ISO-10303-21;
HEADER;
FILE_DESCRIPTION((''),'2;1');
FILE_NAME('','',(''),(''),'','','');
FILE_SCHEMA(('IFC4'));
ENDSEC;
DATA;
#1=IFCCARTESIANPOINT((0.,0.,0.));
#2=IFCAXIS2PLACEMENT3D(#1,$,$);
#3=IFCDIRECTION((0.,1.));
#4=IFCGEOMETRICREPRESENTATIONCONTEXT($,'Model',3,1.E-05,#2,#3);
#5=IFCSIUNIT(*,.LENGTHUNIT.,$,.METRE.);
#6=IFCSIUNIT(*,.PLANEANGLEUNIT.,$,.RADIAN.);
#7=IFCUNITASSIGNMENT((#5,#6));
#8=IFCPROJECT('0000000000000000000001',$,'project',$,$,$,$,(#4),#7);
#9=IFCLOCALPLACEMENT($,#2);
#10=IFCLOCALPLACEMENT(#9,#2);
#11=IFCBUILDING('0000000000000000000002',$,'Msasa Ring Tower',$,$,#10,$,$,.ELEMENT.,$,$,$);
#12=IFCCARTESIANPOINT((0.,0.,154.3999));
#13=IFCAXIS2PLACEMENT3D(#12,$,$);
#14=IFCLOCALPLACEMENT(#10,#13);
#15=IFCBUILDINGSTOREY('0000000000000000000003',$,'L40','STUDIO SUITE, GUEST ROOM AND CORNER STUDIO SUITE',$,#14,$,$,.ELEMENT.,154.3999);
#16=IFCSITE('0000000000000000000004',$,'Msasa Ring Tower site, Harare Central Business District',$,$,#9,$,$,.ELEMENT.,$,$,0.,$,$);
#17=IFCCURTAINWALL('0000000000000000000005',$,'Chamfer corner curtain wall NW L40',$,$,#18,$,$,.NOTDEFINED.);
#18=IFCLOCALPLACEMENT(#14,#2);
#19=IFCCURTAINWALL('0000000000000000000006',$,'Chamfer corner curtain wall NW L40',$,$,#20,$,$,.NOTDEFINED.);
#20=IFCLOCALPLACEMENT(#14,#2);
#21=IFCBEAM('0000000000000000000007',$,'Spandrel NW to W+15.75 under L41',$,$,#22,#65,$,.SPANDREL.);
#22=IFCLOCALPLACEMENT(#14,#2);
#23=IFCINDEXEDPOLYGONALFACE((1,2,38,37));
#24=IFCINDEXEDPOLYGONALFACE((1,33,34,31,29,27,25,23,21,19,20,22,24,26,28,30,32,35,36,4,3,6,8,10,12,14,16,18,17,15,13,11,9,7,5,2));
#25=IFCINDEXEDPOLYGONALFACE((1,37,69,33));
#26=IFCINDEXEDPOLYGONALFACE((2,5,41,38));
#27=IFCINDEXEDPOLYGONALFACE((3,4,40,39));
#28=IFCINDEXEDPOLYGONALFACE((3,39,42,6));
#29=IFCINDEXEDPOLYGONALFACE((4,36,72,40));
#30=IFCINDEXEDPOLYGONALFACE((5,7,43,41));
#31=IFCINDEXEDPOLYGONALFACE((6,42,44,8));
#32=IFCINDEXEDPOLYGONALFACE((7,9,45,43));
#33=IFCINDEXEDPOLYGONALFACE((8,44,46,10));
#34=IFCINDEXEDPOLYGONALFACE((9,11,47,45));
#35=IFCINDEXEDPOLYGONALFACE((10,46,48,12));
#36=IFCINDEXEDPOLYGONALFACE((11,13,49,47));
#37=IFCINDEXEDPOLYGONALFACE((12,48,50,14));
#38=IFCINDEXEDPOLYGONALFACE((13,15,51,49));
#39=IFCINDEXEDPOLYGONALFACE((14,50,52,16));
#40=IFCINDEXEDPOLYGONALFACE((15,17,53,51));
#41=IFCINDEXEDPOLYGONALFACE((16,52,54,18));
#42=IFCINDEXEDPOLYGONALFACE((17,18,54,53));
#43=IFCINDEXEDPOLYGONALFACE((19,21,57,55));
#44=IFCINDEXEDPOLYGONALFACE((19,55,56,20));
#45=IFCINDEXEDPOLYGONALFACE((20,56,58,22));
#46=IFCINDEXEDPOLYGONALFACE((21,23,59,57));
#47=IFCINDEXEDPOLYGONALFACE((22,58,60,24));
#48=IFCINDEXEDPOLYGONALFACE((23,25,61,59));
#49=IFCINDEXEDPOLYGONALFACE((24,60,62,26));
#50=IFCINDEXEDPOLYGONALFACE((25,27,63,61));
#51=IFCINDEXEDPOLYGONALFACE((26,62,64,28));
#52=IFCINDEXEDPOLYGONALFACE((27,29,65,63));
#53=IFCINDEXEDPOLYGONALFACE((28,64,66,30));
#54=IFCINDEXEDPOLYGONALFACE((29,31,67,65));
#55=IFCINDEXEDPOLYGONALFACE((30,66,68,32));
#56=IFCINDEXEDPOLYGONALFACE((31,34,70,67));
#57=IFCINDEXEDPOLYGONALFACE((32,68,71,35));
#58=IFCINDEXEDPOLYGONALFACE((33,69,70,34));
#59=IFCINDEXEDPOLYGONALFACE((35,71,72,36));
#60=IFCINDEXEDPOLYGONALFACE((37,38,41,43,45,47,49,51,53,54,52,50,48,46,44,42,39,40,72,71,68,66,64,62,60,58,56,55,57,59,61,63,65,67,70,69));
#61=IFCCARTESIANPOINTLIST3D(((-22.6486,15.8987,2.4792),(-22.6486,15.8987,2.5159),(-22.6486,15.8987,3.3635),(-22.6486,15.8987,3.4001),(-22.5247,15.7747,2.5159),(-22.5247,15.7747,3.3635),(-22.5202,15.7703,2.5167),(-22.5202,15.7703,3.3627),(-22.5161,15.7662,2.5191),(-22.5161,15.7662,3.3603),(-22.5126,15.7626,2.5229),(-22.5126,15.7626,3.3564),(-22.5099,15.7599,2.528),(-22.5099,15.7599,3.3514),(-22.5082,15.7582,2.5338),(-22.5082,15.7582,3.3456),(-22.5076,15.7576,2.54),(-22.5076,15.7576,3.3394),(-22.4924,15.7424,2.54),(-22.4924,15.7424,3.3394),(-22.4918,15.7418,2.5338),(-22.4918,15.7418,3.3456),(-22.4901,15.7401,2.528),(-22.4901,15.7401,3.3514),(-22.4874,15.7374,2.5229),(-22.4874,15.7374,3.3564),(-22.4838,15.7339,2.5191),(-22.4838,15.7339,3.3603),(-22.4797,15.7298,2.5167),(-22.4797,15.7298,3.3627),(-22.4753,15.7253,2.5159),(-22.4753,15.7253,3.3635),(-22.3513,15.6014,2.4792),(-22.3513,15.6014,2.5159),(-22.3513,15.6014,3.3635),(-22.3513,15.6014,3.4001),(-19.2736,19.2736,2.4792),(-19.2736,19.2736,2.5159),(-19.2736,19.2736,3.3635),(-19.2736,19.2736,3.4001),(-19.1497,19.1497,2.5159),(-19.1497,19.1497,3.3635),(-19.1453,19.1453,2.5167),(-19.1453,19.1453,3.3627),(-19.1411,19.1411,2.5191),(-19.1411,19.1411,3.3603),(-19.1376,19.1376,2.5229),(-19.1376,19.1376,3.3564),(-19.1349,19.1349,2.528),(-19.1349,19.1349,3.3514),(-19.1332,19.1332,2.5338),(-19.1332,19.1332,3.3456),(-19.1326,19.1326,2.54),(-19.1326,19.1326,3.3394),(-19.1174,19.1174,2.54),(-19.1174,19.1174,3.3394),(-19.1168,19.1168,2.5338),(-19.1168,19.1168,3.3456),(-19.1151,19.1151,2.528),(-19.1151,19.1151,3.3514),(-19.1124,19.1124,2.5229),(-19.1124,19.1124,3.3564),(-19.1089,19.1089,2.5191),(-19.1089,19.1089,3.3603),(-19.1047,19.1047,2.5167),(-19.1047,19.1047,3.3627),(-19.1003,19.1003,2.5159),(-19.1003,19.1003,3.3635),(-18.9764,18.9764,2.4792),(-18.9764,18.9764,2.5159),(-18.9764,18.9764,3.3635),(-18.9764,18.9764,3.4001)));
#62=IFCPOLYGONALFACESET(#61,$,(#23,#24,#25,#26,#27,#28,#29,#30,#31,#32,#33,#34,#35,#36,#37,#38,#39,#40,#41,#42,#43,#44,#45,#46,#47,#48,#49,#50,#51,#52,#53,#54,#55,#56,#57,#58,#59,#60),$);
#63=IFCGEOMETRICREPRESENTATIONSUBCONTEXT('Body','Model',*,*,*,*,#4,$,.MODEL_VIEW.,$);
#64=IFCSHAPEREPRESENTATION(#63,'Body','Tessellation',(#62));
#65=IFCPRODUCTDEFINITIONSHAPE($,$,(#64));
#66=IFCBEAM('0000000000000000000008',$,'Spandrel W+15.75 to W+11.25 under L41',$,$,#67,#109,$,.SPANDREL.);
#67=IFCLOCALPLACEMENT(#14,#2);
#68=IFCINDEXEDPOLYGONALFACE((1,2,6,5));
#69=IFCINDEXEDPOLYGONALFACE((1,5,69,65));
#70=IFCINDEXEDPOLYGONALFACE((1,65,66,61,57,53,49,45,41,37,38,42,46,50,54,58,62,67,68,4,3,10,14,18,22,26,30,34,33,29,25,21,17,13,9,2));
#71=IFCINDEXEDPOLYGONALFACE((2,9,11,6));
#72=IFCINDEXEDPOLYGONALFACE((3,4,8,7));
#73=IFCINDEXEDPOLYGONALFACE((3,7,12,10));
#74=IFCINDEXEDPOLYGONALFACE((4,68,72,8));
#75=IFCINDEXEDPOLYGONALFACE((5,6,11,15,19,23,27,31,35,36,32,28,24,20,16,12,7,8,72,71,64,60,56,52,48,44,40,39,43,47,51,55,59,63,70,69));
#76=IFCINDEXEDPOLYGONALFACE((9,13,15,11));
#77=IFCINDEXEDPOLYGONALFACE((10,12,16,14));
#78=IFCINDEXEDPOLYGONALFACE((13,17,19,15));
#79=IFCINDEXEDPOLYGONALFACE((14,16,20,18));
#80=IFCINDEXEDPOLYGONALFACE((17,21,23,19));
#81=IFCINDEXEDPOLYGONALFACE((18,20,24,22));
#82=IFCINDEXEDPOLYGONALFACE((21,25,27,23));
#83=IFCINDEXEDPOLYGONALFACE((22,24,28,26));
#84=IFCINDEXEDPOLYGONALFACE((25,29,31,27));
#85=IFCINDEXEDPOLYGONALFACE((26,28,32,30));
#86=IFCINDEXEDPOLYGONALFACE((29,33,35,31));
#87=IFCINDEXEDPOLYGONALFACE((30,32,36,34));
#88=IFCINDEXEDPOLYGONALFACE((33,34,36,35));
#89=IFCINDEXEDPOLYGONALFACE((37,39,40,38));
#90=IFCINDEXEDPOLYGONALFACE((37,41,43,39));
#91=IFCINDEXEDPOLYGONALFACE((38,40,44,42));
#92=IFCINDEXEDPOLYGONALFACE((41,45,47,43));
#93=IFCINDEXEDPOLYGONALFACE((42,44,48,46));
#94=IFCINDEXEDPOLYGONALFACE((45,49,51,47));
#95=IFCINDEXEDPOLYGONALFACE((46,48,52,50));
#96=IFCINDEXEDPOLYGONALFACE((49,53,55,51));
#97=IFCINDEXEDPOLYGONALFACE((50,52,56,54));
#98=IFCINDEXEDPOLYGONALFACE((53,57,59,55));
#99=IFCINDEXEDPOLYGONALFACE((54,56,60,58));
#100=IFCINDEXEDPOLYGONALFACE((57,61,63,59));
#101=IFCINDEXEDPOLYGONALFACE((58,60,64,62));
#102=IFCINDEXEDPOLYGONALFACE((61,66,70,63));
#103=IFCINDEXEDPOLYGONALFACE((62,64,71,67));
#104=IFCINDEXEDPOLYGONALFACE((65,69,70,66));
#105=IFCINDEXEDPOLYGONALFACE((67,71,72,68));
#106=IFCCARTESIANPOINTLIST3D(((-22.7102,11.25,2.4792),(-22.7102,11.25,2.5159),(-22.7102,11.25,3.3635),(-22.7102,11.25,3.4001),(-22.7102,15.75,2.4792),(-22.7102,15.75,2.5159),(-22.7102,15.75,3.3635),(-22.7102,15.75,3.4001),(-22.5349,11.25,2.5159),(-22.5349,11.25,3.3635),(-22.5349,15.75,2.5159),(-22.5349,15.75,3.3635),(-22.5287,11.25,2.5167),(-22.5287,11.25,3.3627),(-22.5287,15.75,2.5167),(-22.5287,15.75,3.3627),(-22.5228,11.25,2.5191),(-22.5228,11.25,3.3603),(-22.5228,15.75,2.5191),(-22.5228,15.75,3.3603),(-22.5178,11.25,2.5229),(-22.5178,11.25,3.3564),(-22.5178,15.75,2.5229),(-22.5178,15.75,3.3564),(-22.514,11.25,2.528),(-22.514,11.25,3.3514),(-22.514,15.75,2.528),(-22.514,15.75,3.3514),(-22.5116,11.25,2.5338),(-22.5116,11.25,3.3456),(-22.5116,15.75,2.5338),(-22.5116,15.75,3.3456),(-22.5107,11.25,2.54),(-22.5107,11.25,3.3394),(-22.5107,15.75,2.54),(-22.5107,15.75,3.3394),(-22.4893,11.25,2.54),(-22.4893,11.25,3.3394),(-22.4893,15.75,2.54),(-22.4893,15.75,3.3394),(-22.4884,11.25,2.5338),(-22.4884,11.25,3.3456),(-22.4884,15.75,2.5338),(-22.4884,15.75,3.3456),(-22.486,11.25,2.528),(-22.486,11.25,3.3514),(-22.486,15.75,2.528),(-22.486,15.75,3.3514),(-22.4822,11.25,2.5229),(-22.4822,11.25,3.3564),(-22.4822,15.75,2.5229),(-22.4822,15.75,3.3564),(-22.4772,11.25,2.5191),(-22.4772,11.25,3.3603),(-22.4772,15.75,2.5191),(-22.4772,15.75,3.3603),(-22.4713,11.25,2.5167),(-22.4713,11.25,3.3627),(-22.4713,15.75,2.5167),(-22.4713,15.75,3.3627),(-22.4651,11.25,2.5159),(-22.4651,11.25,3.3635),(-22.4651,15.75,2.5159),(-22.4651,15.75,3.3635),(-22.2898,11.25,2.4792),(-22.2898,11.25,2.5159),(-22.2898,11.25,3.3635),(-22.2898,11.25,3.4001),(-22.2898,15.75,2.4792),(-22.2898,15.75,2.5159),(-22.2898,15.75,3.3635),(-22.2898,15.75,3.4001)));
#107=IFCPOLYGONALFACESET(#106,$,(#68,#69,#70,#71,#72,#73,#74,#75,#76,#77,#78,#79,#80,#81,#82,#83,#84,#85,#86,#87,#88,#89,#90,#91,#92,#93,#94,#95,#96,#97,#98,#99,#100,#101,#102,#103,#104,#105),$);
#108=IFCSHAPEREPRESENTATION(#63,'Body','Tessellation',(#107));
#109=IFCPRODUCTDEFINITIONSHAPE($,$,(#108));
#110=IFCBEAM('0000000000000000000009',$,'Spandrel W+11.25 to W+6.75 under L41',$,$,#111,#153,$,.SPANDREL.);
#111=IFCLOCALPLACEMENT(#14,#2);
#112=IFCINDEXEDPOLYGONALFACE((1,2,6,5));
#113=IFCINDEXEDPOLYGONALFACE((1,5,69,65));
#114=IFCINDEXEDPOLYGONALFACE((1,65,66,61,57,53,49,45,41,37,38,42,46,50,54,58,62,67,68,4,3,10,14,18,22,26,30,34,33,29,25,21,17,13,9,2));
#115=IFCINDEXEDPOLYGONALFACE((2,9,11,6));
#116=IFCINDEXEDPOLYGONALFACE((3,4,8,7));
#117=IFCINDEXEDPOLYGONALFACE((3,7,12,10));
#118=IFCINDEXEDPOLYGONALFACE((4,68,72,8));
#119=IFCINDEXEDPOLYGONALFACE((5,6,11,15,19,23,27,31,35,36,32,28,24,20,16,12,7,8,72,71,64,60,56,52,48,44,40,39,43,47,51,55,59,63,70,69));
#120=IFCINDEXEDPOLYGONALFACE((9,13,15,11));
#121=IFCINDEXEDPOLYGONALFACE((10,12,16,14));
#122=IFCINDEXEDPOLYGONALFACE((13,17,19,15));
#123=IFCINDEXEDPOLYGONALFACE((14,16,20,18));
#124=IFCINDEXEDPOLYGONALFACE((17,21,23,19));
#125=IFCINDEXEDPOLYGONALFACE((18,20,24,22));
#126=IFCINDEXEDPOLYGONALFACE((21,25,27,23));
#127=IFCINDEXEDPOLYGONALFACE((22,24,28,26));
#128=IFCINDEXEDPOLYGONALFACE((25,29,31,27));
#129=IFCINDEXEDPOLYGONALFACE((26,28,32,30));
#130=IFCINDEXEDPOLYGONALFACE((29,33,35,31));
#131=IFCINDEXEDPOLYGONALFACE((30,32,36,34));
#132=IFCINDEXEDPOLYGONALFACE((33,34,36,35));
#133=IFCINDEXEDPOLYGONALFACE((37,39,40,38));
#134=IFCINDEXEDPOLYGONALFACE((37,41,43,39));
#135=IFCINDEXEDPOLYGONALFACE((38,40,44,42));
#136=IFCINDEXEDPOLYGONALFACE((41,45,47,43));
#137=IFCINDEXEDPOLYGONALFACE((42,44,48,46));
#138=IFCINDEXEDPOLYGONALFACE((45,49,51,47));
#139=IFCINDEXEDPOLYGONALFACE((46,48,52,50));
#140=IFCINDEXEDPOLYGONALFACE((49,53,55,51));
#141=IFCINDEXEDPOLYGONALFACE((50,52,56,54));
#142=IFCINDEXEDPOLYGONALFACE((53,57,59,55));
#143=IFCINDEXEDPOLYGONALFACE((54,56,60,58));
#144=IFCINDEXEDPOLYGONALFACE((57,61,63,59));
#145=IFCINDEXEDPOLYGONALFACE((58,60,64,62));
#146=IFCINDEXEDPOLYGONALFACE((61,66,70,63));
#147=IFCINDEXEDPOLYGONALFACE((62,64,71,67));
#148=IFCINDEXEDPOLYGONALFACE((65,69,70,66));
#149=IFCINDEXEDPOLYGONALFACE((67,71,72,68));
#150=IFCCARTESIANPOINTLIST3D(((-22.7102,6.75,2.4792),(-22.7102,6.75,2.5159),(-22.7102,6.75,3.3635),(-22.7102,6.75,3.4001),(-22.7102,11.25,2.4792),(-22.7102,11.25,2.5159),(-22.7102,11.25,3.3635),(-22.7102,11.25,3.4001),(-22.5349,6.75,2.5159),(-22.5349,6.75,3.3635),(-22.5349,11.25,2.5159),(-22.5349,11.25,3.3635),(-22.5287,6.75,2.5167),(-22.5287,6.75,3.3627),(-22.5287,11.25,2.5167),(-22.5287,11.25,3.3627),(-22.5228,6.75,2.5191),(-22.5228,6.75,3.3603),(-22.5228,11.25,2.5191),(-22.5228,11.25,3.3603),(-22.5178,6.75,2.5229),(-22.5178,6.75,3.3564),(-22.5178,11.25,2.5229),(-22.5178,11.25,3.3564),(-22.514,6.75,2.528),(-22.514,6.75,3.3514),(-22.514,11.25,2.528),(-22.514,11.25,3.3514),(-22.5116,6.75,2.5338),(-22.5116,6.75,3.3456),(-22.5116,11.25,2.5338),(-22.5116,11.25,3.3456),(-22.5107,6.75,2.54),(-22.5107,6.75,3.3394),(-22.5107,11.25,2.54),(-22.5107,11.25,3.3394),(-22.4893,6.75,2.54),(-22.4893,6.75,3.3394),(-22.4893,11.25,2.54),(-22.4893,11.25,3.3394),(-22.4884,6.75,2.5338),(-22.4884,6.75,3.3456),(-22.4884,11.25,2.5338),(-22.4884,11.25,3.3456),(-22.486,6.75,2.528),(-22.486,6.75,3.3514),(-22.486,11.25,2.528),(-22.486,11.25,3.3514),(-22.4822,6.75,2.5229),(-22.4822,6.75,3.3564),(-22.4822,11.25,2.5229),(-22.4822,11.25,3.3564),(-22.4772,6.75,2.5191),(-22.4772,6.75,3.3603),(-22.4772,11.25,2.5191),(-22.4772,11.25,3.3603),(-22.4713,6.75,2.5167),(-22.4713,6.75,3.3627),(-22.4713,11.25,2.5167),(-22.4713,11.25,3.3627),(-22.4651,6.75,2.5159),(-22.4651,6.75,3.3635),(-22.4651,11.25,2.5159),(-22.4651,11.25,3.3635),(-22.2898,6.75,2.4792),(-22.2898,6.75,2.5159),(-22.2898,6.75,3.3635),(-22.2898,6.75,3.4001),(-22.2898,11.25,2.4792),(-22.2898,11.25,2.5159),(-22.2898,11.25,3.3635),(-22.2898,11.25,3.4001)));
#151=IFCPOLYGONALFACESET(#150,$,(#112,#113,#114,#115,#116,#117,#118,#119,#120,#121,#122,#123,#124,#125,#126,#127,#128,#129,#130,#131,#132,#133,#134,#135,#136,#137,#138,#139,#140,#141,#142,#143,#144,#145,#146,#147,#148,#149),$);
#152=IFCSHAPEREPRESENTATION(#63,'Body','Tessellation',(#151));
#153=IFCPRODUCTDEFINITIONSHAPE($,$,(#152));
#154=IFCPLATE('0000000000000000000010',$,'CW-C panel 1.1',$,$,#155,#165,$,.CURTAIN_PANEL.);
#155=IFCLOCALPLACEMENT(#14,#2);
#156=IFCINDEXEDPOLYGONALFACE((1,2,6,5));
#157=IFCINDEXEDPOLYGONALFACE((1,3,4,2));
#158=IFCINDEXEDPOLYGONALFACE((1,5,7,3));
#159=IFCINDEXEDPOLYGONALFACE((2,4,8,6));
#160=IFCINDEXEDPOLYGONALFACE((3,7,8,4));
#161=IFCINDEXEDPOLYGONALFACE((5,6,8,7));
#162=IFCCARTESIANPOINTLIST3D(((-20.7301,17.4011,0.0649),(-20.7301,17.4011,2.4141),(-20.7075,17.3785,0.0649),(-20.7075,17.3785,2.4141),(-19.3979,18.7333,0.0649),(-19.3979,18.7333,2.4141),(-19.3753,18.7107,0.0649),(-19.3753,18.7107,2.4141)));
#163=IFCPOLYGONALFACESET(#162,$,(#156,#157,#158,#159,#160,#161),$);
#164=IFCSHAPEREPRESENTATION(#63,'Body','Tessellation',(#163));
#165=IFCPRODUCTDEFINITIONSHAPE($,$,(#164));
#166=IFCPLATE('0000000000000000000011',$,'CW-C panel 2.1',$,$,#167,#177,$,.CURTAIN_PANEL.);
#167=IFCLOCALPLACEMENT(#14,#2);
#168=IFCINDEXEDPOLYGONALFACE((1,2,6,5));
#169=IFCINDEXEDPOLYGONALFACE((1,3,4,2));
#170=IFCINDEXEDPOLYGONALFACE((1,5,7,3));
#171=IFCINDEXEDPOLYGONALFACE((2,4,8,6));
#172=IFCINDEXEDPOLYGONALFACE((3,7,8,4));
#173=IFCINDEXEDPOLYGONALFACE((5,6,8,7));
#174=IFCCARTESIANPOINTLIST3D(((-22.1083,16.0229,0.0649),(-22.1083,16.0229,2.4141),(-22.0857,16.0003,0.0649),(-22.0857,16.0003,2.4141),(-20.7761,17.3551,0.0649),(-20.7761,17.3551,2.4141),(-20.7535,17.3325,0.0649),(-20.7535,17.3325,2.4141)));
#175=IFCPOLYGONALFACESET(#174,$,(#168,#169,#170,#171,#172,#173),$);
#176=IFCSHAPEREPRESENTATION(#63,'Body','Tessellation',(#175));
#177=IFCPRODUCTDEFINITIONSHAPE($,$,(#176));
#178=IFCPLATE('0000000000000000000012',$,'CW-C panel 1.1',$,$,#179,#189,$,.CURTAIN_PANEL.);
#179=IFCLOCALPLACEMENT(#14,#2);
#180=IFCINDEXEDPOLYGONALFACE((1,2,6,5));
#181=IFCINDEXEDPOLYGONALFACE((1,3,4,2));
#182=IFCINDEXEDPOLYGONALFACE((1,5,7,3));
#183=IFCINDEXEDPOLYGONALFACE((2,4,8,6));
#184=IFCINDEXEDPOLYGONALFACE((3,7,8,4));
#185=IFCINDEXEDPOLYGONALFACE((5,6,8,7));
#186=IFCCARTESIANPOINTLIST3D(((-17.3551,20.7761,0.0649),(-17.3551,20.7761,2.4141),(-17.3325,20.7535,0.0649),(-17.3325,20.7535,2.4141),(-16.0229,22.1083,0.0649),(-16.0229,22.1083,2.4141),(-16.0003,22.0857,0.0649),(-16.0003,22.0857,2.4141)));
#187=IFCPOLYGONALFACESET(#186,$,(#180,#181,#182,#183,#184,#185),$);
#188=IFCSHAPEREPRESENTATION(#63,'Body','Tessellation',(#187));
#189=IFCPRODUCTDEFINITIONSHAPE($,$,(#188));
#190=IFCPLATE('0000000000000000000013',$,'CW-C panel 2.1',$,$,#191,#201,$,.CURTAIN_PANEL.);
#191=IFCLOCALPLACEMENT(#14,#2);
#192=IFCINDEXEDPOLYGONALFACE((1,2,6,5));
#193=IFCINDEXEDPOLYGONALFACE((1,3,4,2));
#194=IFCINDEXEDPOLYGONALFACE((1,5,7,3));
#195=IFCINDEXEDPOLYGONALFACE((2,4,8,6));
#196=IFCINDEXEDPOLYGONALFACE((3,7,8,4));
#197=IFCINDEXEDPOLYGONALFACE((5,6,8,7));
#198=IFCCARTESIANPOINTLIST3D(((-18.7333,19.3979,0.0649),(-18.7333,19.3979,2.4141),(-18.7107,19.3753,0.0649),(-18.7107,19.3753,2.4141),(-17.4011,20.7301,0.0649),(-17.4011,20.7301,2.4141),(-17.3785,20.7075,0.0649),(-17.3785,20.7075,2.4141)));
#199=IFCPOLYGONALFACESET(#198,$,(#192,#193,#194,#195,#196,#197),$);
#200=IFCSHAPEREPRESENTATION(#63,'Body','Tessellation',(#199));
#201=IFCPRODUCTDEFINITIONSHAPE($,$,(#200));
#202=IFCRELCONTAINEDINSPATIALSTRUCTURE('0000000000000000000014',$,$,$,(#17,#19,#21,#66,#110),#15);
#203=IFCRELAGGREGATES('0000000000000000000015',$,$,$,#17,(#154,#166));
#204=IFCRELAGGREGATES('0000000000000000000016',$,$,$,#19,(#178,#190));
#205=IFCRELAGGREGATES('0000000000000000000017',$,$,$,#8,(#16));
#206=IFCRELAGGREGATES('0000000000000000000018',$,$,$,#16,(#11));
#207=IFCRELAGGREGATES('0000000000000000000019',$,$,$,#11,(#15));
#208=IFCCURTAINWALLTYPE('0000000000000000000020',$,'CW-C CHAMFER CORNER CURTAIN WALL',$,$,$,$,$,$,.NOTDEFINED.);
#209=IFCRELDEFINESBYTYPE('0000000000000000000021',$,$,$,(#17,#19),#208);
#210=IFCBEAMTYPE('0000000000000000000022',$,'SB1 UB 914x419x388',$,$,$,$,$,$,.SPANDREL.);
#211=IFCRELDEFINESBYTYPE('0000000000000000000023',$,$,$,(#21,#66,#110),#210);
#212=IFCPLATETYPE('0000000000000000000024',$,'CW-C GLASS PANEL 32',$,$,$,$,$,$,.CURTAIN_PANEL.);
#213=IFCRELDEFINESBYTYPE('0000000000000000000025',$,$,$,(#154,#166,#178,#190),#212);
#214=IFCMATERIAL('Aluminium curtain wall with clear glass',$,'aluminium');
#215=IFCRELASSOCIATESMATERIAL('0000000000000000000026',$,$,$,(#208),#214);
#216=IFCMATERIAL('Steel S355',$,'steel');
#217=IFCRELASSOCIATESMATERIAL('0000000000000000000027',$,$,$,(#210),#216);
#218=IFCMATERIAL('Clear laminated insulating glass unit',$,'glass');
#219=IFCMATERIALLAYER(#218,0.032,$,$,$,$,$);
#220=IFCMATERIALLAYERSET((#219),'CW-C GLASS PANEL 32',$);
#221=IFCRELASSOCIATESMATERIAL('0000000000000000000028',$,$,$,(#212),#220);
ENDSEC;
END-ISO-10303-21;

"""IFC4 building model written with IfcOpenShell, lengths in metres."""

from ifc_helpers import new_model, si_unit, direction, frame, origin, origin_2d, place, context, subcontext, project, spatial, rectangle, i_section, extrude, material, layer, layer_set, material_profile, profile_set, type_object, element, aggregate, save


model = new_model("IFC4")

# Units and contexts
model_context = context("Model", 3, precision=1e-05, world=origin(), true_north=direction((0.0, 1.0)))
body_context = subcontext(model_context, "Body", "Model", "MODEL_VIEW")
ifc_project = project(units=[si_unit("LENGTHUNIT", "METRE"), si_unit("PLANEANGLEUNIT", "RADIAN")], contexts=[model_context])

# Site, building, storey
site_placement = place(None, origin())
site = spatial("IfcSite", under=ifc_project, at=site_placement, Name="Msasa Ring Tower site, Harare Central Business District", CompositionType="ELEMENT", RefElevation=0.0)
building_placement = place(site_placement, origin())
building = spatial("IfcBuilding", under=site, at=building_placement, Name="Msasa Ring Tower", CompositionType="ELEMENT")
storey_placement = place(building_placement, frame((0.0, 0.0, 154.3999)))
storey = spatial("IfcBuildingStorey", under=building, at=storey_placement, Name="L40", Description="STUDIO SUITE, GUEST ROOM AND CORNER STUDIO SUITE", CompositionType="ELEMENT", Elevation=154.3999)

# Curtain walls
ifc_material_1 = material(Name="Aluminium curtain wall with clear glass", Category="aluminium")
curtain_wall_type = type_object("IfcCurtainWallType", Name="CW-C CHAMFER CORNER CURTAIN WALL", PredefinedType="NOTDEFINED", material=ifc_material_1)
curtain_wall_1_placement = place(storey_placement, origin())
curtain_wall_1 = element("IfcCurtainWall", 1, at=curtain_wall_1_placement, inside=storey, type_object=curtain_wall_type, Name="Chamfer corner curtain wall NW L40", PredefinedType="NOTDEFINED")
curtain_wall_2_placement = place(storey_placement, origin())
curtain_wall_2 = element("IfcCurtainWall", 2, at=curtain_wall_2_placement, inside=storey, type_object=curtain_wall_type, Name="Chamfer corner curtain wall NW L40", PredefinedType="NOTDEFINED")

# Beams
ifc_material_2 = material(Name="Steel S355", Category="steel")
ifc_material_profile_1 = material_profile(ifc_material_2, i_section(OverallWidth=0.4204, OverallDepth=0.9209, WebThickness=0.0215, FlangeThickness=0.0366, FilletRadius=0.0242, at=origin_2d()), Name="UB 914x419x388")
ifc_profile_set_1 = profile_set([ifc_material_profile_1], Name="Steel S355")
beam_type = type_object("IfcBeamType", Name="SB1 UB 914x419x388", PredefinedType="SPANDREL", material=ifc_profile_set_1)
beam_placement = place(storey_placement, frame((-19.125, 19.125, 2.9397), z_axis=(-0.707107, -0.707107, 0.0), x_axis=(0.707107, -0.707107, 0.0)))
element("IfcBeam", 3, at=beam_placement, inside=storey, type_object=beam_type, Name="Spandrel NW to W+15.75 under L41", PredefinedType="SPANDREL", context=body_context, shape_type="SweptSolid", body=[
    extrude(i_section(OverallWidth=0.4204, OverallDepth=0.9209, WebThickness=0.0215, FlangeThickness=0.0366, FilletRadius=0.0242, at=origin_2d()), origin(), (0.0, 0.0, 1.0), 4.7729),
])
for number, where, z_axis, x_axis, name in (
    (4, (-22.5, 15.75, 2.9397), (0.0, -1.0, 0.0), (1.0, 0.0, 0.0), "Spandrel W+15.75 to W+11.25 under L41"),
    (5, (-22.5, 11.25, 2.9397), (0.0, -1.0, 0.0), (1.0, 0.0, 0.0), "Spandrel W+11.25 to W+6.75 under L41"),
):
    element("IfcBeam", number, at=place(storey_placement, frame(where, z_axis=z_axis, x_axis=x_axis)), inside=storey, type_object=beam_type, Name=name, PredefinedType="SPANDREL", context=body_context, shape_type="SweptSolid", body=[
        extrude(i_section(OverallWidth=0.4204, OverallDepth=0.9209, WebThickness=0.0215, FlangeThickness=0.0366, FilletRadius=0.0242, at=origin_2d()), origin(), (0.0, 0.0, 1.0), 4.5),
    ])

# Plates
ifc_material_3 = material(Name="Clear laminated insulating glass unit", Category="glass")
ifc_layer_1 = layer(ifc_material_3, 0.032)
ifc_layer_set_1 = layer_set([ifc_layer_1], Name="CW-C GLASS PANEL 32")
plate_type = type_object("IfcPlateType", Name="CW-C GLASS PANEL 32", PredefinedType="CURTAIN_PANEL", material=ifc_layer_set_1)
plate_1_placement = place(storey_placement, frame((-20.0527, 18.0559, 0.0649), z_axis=(0.0, 0.0, 1.0), x_axis=(-0.707107, -0.707107, 0.0)))
plate_1 = element("IfcPlate", 6, at=plate_1_placement, type_object=plate_type, Name="CW-C panel 1.1", PredefinedType="CURTAIN_PANEL", context=body_context, shape_type="SweptSolid", body=[
    extrude(rectangle(XDim=1.884, YDim=0.032, at=origin_2d()), origin(), (0.0, 0.0, 1.0), 2.3491),
])
plate_2_placement = place(storey_placement, frame((-21.4309, 16.6777, 0.0649), z_axis=(0.0, 0.0, 1.0), x_axis=(-0.707107, -0.707107, 0.0)))
plate_2 = element("IfcPlate", 7, at=plate_2_placement, type_object=plate_type, Name="CW-C panel 2.1", PredefinedType="CURTAIN_PANEL", context=body_context, shape_type="SweptSolid", body=[
    extrude(rectangle(XDim=1.884, YDim=0.032, at=origin_2d()), origin(), (0.0, 0.0, 1.0), 2.3491),
])
aggregate(curtain_wall_1, [plate_1, plate_2])
plate_3_placement = place(storey_placement, frame((-16.6777, 21.4309, 0.0649), z_axis=(0.0, 0.0, 1.0), x_axis=(-0.707107, -0.707107, 0.0)))
plate_3 = element("IfcPlate", 8, at=plate_3_placement, type_object=plate_type, Name="CW-C panel 1.1", PredefinedType="CURTAIN_PANEL", context=body_context, shape_type="SweptSolid", body=[
    extrude(rectangle(XDim=1.884, YDim=0.032, at=origin_2d()), origin(), (0.0, 0.0, 1.0), 2.3491),
])
plate_4_placement = place(storey_placement, frame((-18.0559, 20.0527, 0.0649), z_axis=(0.0, 0.0, 1.0), x_axis=(-0.707107, -0.707107, 0.0)))
plate_4 = element("IfcPlate", 9, at=plate_4_placement, type_object=plate_type, Name="CW-C panel 2.1", PredefinedType="CURTAIN_PANEL", context=body_context, shape_type="SweptSolid", body=[
    extrude(rectangle(XDim=1.884, YDim=0.032, at=origin_2d()), origin(), (0.0, 0.0, 1.0), 2.3491),
])
aggregate(curtain_wall_2, [plate_3, plate_4])

save(model, "model.ifc")
